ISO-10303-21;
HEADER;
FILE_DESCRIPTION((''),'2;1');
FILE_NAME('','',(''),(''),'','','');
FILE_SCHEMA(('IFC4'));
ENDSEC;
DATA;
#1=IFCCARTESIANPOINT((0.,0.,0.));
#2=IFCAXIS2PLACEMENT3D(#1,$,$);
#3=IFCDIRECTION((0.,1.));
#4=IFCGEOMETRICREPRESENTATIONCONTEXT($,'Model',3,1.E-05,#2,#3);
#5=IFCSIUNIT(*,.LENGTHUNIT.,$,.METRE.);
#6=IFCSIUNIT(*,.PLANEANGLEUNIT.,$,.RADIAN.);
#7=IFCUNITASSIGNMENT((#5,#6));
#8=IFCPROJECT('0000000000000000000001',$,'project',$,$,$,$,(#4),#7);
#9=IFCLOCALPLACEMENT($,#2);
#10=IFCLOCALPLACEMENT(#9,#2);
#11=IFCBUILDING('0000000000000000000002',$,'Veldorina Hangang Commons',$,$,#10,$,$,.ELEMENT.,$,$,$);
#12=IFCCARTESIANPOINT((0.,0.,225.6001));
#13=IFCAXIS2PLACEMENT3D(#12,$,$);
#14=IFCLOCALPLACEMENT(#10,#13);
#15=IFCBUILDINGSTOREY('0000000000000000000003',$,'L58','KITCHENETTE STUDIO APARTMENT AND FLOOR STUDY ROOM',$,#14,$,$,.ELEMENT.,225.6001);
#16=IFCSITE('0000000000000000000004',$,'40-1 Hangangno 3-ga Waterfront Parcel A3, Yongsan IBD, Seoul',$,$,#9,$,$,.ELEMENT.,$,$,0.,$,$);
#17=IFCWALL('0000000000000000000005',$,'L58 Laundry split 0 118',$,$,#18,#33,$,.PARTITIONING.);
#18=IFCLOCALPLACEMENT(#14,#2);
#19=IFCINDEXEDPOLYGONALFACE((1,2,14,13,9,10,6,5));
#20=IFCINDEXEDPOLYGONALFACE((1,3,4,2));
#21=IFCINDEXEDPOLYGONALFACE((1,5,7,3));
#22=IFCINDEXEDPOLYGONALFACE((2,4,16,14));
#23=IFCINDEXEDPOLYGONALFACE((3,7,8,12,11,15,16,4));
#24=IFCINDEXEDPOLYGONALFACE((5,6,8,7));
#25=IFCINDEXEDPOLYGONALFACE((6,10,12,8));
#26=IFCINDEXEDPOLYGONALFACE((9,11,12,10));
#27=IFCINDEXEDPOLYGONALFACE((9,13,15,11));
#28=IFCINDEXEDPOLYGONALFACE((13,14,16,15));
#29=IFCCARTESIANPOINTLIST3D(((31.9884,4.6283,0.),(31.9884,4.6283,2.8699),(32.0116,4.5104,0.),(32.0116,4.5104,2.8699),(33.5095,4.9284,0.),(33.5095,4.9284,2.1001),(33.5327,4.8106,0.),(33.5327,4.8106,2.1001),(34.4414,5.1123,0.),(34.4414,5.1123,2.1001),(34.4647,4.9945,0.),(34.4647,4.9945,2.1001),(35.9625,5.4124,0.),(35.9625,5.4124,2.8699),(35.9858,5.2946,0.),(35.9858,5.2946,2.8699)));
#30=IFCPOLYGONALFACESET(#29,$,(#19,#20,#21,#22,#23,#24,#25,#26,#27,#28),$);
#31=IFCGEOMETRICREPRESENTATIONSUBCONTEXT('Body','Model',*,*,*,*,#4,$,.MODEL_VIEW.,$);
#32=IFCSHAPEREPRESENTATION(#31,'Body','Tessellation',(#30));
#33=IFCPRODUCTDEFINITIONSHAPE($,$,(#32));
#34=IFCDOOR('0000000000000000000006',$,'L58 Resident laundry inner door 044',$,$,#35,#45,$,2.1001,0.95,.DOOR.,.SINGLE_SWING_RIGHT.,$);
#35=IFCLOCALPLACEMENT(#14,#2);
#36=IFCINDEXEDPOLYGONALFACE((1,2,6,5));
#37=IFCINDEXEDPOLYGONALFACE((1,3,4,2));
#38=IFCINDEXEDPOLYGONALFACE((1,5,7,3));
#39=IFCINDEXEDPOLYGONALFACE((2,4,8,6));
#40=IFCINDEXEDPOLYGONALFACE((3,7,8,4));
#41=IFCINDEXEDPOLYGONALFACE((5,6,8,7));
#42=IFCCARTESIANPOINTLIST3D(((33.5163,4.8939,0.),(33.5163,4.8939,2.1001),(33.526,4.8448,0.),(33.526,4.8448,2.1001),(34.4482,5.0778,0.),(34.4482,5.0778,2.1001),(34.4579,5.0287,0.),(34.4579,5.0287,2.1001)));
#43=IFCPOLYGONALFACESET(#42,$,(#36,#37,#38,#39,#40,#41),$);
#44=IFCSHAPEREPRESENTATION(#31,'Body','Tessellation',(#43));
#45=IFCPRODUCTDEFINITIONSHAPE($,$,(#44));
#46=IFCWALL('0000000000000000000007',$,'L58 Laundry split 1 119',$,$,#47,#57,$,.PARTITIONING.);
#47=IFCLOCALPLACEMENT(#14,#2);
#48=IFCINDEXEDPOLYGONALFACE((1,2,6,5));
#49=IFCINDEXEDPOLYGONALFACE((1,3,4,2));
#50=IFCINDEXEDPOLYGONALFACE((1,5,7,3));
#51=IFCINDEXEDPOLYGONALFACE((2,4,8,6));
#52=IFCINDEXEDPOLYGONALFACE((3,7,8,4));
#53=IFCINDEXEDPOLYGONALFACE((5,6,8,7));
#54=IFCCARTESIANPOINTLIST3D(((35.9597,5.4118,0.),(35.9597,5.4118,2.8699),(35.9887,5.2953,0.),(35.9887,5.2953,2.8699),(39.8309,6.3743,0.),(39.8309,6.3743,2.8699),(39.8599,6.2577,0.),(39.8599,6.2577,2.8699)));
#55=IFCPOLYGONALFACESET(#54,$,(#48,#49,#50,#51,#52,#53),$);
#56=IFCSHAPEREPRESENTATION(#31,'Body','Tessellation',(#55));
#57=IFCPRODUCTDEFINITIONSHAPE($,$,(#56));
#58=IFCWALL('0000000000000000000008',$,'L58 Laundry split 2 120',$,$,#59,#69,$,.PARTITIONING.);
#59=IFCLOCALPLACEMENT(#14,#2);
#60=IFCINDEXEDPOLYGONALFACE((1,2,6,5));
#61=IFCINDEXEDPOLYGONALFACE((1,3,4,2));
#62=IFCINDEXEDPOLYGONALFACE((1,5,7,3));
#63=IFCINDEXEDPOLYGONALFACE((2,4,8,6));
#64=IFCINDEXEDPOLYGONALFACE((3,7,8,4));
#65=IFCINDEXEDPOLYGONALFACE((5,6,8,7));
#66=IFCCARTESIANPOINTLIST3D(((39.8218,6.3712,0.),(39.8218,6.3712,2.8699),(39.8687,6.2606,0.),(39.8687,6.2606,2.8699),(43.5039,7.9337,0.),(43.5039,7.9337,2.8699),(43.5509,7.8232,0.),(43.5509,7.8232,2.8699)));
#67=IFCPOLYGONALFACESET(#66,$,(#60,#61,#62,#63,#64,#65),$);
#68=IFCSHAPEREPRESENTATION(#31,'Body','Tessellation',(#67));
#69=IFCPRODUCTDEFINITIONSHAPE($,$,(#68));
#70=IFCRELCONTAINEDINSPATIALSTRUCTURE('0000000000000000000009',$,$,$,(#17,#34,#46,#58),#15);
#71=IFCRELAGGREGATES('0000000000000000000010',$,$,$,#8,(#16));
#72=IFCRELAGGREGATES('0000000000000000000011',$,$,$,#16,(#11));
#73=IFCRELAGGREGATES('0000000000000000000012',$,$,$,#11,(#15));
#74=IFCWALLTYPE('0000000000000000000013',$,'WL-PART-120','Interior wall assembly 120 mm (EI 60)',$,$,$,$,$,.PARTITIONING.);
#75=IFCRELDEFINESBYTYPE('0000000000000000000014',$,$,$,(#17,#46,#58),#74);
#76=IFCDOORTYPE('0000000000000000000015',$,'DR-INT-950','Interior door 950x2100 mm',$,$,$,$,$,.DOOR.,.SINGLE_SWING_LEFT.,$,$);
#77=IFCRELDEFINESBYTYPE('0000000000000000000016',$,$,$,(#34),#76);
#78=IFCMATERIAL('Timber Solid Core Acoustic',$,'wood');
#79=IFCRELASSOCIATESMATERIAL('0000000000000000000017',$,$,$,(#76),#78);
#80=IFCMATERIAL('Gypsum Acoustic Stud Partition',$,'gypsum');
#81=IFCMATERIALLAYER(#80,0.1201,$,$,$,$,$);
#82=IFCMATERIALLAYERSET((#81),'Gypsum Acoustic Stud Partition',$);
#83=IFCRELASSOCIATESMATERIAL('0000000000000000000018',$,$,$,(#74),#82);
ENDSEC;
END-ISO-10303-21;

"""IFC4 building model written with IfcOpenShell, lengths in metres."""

from ifc_helpers import new_model, si_unit, direction, frame, frame_2d, origin, place, context, subcontext, project, spatial, rectangle, extrude, material, layer, layer_set, type_object, element, fill, save


model = new_model("IFC4")

# Units and contexts
model_context = context("Model", 3, precision=1e-05, world=origin(), true_north=direction((0.0, 1.0)))
body_context = subcontext(model_context, "Body", "Model", "MODEL_VIEW")
ifc_project = project(units=[si_unit("LENGTHUNIT", "METRE"), si_unit("PLANEANGLEUNIT", "RADIAN")], contexts=[model_context])

# Site, building, storey
site_placement = place(None, origin())
site = spatial("IfcSite", under=ifc_project, at=site_placement, Name="40-1 Hangangno 3-ga Waterfront Parcel A3, Yongsan IBD, Seoul", CompositionType="ELEMENT", RefElevation=0.0)
building_placement = place(site_placement, origin())
building = spatial("IfcBuilding", under=site, at=building_placement, Name="Veldorina Hangang Commons", CompositionType="ELEMENT")
storey_placement = place(building_placement, frame((0.0, 0.0, 225.6001)))
storey = spatial("IfcBuildingStorey", under=building, at=storey_placement, Name="L58", Description="KITCHENETTE STUDIO APARTMENT AND FLOOR STUDY ROOM", CompositionType="ELEMENT", Elevation=225.6001)

# Shared definitions
ifc_material_1 = material(Name="Timber Solid Core Acoustic", Category="wood")
door_type = type_object("IfcDoorType", Name="DR-INT-950", Description="Interior door 950x2100 mm", OperationType="SINGLE_SWING_LEFT", PredefinedType="DOOR", material=ifc_material_1)

# Wall, opening, door
ifc_material_2 = material(Name="Gypsum Acoustic Stud Partition", Category="gypsum")
ifc_layer_1 = layer(ifc_material_2, 0.1201)
ifc_layer_set_1 = layer_set([ifc_layer_1], Name="Gypsum Acoustic Stud Partition")
wall_type_1 = type_object("IfcWallType", Name="WL-PART-120", Description="Interior wall assembly 120 mm (EI 60)", PredefinedType="PARTITIONING", material=ifc_layer_set_1)
wall_1_placement = place(storey_placement, frame((32.0, 4.5693, 0.0), z_axis=(0.0, 0.0, 1.0), x_axis=(0.981083, 0.193589, 0.0)))
wall_1 = element("IfcWall", 1, at=wall_1_placement, inside=storey, type_object=wall_type_1, Name="L58 Laundry split 0 118", PredefinedType="PARTITIONING", context=body_context, shape_type="SweptSolid", body=[
    extrude(rectangle(XDim=4.0508, YDim=0.1201, at=frame_2d((2.0254, 0.0))), origin(), (0.0, 0.0, 1.0), 2.8699),
])
opening_1_placement = place(wall_1_placement, frame((1.5503, 0.0, 0.0)))
opening_1 = element("IfcOpeningElement", 2, at=opening_1_placement, cuts=wall_1, PredefinedType="OPENING", context=body_context, shape_type="SweptSolid", body=[
    extrude(rectangle(XDim=0.95, YDim=2.1001, at=frame_2d((0.4751, 1.05))), frame((0.0, 0.0701, 0.0), z_axis=(0.0, -1.0, 0.0), x_axis=(1.0, 0.0, 0.0)), (0.0, 0.0, 1.0), 0.1401),
])
door_1_placement = place(opening_1_placement, origin())
door_1 = element("IfcDoor", 3, at=door_1_placement, inside=storey, type_object=door_type, Name="L58 Resident laundry inner door 044", OperationType="SINGLE_SWING_RIGHT", OverallHeight=2.1001, OverallWidth=0.95, PredefinedType="DOOR", context=body_context, shape_type="SweptSolid", body=[
    extrude(rectangle(XDim=0.95, YDim=2.1001, at=frame_2d((0.4751, 1.05))), frame((0.0, 0.0249, 0.0), z_axis=(0.0, -1.0, 0.0), x_axis=(1.0, 0.0, 0.0)), (0.0, 0.0, 1.0), 0.05),
])
fill(opening_1, door_1)

# Walls
wall_2_placement = place(storey_placement, frame((35.9741, 5.3535, 0.0), z_axis=(0.0, 0.0, 1.0), x_axis=(0.970458, 0.241268, 0.0)))
element("IfcWall", 4, at=wall_2_placement, inside=storey, type_object=wall_type_1, Name="L58 Laundry split 1 119", PredefinedType="PARTITIONING", context=body_context, shape_type="SweptSolid", body=[
    extrude(rectangle(XDim=3.989, YDim=0.1201, at=frame_2d((1.9946, 0.0))), origin(), (0.0, 0.0, 1.0), 2.8699),
])
wall_3_placement = place(storey_placement, frame((39.8452, 6.3159, 0.0), z_axis=(0.0, 0.0, 1.0), x_axis=(0.920547, 0.390631, 0.0)))
element("IfcWall", 5, at=wall_3_placement, inside=storey, type_object=wall_type_1, Name="L58 Laundry split 2 120", PredefinedType="PARTITIONING", context=body_context, shape_type="SweptSolid", body=[
    extrude(rectangle(XDim=4.0, YDim=0.1201, at=frame_2d((2.0, 0.0))), origin(), (0.0, 0.0, 1.0), 2.8699),
])

save(model, "model.ifc")
